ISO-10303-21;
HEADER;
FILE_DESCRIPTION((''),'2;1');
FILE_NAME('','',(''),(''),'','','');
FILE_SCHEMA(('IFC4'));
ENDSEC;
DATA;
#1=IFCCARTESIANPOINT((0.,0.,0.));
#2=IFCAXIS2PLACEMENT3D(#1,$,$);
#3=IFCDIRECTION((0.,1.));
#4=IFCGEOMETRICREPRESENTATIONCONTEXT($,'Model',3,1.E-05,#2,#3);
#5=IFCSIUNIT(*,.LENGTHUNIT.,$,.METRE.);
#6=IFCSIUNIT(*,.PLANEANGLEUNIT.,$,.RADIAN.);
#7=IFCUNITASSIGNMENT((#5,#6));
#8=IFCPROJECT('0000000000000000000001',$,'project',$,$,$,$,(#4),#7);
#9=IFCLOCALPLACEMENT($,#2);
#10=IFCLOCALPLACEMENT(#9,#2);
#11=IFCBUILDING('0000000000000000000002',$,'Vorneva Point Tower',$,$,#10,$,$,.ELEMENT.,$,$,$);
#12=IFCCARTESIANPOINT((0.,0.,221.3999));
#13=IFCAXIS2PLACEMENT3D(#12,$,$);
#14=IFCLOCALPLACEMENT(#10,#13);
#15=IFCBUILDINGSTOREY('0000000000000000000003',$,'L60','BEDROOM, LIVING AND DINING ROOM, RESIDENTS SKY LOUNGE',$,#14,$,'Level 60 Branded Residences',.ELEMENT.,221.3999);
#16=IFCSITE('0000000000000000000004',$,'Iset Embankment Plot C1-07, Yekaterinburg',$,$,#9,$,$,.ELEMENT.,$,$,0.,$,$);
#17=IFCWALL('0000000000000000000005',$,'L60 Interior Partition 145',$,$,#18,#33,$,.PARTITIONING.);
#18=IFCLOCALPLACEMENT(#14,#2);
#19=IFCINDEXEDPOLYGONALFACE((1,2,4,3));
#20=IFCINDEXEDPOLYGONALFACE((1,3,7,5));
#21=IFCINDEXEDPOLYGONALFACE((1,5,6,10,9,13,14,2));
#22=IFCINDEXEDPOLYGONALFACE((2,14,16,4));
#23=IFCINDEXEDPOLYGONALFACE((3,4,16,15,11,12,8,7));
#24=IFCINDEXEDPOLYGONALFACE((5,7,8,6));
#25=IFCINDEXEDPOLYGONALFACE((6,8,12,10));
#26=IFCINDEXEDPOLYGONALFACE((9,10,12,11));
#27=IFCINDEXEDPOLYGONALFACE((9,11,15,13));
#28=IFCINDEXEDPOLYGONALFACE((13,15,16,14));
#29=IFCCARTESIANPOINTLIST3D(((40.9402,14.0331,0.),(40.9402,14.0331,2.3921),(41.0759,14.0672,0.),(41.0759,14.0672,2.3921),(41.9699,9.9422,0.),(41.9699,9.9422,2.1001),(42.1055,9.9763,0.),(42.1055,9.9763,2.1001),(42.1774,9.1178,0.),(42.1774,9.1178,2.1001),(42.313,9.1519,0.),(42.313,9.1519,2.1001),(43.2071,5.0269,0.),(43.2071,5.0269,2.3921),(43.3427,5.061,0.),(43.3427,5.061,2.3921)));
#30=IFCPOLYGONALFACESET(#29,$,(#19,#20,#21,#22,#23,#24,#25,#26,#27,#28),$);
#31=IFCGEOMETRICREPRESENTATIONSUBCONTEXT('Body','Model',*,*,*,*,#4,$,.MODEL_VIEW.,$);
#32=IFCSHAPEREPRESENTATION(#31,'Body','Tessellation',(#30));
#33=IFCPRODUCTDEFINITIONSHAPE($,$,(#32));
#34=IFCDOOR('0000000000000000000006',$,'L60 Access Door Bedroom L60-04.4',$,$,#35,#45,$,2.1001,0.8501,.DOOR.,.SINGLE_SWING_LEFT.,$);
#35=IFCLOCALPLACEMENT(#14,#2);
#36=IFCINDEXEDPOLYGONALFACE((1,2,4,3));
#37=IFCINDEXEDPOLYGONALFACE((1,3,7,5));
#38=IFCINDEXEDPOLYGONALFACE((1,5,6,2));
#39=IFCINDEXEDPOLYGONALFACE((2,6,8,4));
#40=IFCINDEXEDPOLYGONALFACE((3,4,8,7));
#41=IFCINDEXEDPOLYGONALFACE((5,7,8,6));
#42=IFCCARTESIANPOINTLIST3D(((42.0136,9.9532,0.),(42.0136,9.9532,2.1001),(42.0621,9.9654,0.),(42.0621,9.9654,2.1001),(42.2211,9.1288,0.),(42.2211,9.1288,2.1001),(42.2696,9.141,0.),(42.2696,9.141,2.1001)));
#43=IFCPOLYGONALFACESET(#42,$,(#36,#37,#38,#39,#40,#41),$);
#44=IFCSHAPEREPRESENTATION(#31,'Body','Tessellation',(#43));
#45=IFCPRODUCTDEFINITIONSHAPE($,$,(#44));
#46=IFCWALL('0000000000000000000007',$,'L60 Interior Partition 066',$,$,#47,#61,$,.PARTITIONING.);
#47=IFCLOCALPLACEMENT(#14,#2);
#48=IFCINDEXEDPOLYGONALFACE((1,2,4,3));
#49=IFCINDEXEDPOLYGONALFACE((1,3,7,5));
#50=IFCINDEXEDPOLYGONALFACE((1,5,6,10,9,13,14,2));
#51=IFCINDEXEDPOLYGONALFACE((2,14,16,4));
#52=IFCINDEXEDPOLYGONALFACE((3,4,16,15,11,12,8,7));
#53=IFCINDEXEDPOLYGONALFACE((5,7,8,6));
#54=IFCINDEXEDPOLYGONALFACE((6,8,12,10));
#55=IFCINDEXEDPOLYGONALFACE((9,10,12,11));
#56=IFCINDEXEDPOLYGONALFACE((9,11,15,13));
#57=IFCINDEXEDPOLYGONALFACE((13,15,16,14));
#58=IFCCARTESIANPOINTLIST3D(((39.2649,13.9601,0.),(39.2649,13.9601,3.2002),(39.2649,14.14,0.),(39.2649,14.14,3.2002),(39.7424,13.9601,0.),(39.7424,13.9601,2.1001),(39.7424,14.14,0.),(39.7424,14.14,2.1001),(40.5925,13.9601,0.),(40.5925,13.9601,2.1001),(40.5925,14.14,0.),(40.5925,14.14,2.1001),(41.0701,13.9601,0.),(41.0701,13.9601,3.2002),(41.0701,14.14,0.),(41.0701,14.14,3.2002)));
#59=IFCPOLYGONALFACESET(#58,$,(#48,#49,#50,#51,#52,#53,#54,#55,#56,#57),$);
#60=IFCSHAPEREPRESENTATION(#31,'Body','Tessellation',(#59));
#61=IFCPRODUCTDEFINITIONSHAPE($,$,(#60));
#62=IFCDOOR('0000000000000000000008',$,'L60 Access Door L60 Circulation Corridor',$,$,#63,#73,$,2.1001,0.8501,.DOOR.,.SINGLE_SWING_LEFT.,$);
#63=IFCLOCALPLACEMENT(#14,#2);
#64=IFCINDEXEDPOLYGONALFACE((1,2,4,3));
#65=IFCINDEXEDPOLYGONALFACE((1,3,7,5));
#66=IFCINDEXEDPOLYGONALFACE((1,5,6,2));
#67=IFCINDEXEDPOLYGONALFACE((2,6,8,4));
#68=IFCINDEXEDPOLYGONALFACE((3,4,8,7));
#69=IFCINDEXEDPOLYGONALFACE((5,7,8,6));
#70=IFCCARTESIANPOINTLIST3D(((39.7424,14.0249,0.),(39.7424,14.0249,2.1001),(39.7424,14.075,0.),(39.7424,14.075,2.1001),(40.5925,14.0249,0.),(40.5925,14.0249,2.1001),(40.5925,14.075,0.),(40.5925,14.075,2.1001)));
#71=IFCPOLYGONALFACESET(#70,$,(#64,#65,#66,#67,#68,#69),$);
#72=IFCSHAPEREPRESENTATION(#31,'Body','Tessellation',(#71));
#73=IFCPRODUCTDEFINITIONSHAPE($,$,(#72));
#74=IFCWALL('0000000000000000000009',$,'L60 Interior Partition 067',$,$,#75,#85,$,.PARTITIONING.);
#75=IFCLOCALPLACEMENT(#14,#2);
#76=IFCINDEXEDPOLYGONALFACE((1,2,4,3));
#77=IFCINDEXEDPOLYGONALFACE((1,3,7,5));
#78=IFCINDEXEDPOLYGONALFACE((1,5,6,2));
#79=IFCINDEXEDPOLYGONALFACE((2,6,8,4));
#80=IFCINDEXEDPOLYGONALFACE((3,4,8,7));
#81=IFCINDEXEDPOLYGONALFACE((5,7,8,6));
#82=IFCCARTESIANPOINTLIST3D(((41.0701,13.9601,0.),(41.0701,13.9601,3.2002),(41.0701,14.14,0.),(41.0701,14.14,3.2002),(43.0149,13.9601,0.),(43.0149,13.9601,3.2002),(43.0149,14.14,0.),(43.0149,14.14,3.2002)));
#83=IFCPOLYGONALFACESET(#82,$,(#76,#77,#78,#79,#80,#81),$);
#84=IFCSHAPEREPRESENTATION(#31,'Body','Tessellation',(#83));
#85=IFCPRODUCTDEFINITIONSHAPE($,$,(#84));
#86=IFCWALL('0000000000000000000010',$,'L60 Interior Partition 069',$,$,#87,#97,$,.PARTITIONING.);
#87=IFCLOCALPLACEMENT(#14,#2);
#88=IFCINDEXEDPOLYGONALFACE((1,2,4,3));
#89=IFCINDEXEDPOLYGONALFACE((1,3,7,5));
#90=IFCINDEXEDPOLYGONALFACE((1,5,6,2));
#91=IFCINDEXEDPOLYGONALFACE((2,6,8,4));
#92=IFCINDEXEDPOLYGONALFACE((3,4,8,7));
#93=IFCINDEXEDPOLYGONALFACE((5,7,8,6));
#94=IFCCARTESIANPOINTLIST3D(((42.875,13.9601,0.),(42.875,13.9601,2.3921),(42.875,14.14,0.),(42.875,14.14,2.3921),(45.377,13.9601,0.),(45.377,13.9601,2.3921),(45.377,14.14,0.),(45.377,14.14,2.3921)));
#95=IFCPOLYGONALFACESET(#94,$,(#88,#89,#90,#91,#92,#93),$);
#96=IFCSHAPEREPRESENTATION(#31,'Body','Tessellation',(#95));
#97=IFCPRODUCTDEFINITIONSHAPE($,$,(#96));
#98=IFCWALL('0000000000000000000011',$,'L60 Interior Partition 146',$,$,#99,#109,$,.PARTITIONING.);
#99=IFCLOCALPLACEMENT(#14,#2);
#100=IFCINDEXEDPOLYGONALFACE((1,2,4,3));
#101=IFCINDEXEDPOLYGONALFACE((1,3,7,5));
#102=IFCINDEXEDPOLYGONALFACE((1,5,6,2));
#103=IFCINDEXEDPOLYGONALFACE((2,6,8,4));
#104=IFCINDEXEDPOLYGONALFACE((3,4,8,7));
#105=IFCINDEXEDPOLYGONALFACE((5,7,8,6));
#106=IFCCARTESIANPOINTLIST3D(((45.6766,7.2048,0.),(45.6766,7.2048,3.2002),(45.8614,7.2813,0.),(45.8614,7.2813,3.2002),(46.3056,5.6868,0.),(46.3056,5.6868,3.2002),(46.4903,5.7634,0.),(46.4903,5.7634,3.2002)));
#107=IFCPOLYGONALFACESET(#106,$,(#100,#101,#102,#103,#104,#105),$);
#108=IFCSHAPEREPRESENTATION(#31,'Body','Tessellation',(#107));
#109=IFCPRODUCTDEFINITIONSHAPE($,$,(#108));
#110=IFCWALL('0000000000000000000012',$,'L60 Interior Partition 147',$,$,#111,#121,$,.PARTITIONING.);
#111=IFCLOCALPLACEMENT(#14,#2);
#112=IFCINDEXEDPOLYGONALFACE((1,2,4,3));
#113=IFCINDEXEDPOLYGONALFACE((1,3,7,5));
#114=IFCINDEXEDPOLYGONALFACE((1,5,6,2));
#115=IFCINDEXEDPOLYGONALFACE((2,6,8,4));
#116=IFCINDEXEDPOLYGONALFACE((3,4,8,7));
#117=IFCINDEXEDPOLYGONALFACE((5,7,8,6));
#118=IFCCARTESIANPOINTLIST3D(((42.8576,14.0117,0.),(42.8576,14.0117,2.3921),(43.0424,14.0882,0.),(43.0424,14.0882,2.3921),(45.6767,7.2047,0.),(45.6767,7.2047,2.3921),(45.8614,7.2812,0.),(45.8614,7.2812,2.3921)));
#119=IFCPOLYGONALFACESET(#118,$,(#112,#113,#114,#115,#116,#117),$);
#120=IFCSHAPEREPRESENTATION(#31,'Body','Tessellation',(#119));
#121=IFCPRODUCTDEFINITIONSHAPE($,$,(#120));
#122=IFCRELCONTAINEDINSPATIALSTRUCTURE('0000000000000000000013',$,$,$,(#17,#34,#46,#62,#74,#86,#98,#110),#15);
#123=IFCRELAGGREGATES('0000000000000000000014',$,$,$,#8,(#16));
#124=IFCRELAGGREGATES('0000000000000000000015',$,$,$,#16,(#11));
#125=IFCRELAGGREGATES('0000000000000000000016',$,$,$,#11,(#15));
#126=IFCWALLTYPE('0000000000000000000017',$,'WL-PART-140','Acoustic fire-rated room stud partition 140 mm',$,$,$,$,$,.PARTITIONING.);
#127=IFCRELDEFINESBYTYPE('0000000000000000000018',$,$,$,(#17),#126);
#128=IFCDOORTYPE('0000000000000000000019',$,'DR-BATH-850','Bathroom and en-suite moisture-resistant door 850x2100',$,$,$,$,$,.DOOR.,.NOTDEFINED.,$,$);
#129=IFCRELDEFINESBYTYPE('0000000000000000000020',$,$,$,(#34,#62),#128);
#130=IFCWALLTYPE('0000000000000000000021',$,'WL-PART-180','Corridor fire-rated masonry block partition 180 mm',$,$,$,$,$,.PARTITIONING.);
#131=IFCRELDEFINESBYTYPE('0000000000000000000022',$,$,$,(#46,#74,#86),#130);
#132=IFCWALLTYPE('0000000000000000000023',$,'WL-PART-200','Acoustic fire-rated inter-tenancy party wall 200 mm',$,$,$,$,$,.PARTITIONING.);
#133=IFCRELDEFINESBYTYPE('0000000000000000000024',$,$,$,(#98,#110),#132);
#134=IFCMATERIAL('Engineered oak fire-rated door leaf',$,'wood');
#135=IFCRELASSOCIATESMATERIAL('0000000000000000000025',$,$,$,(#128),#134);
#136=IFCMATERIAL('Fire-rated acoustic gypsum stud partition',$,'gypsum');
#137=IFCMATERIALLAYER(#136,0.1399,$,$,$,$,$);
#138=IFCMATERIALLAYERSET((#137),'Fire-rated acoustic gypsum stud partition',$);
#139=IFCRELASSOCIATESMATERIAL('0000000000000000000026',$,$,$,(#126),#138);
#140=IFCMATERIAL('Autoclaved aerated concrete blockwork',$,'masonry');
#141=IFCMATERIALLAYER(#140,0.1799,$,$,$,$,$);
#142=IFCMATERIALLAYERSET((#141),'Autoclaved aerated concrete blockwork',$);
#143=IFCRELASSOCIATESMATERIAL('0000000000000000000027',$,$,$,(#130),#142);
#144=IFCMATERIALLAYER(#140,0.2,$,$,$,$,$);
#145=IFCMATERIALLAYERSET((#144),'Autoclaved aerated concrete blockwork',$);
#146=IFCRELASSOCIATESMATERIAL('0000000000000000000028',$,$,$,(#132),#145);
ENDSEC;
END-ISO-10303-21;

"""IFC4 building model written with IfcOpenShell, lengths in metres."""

from ifc_helpers import new_model, si_unit, direction, frame, frame_2d, origin, place, context, subcontext, project, spatial, rectangle, extrude, material, layer, layer_set, type_object, element, fill, save


model = new_model("IFC4")

# Units and contexts
model_context = context("Model", 3, precision=1e-05, world=origin(), true_north=direction((0.0, 1.0)))
body_context = subcontext(model_context, "Body", "Model", "MODEL_VIEW")
ifc_project = project(units=[si_unit("LENGTHUNIT", "METRE"), si_unit("PLANEANGLEUNIT", "RADIAN")], contexts=[model_context])

# Site, building, storey
site_placement = place(None, origin())
site = spatial("IfcSite", under=ifc_project, at=site_placement, Name="Iset Embankment Plot C1-07, Yekaterinburg", CompositionType="ELEMENT", RefElevation=0.0)
building_placement = place(site_placement, origin())
building = spatial("IfcBuilding", under=site, at=building_placement, Name="Vorneva Point Tower", CompositionType="ELEMENT")
storey_placement = place(building_placement, frame((0.0, 0.0, 221.3999)))
storey = spatial("IfcBuildingStorey", under=building, at=storey_placement, Name="L60", Description="BEDROOM, LIVING AND DINING ROOM, RESIDENTS SKY LOUNGE", LongName="Level 60 Branded Residences", CompositionType="ELEMENT", Elevation=221.3999)

# Shared definitions
ifc_material_1 = material(Name="Fire-rated acoustic gypsum stud partition", Category="gypsum")
ifc_material_2 = material(Name="Engineered oak fire-rated door leaf", Category="wood")
door_type_1 = type_object("IfcDoorType", Name="DR-BATH-850", Description="Bathroom and en-suite moisture-resistant door 850x2100", OperationType="NOTDEFINED", PredefinedType="DOOR", material=ifc_material_2)

# Shared definitions
ifc_layer_1 = layer(ifc_material_1, 0.1399)
ifc_layer_set_1 = layer_set([ifc_layer_1], Name="Fire-rated acoustic gypsum stud partition")
wall_type_1 = type_object("IfcWallType", Name="WL-PART-140", Description="Acoustic fire-rated room stud partition 140 mm", PredefinedType="PARTITIONING", material=ifc_layer_set_1)

# Walls, openings, doors
wall_1_placement = place(storey_placement, frame((43.2749, 5.0439, 0.0), z_axis=(0.0, 0.0, 1.0), x_axis=(-0.244088, 0.969753, 0.0)))
wall_1 = element("IfcWall", 1, at=wall_1_placement, inside=storey, type_object=wall_type_1, Name="L60 Interior Partition 145", PredefinedType="PARTITIONING", context=body_context, shape_type="SweptSolid", body=[
    extrude(rectangle(XDim=9.2871, YDim=0.1399, at=frame_2d((4.6436, 0.0))), origin(), (0.0, 0.0, 1.0), 2.3921),
])
opening_1_placement = place(wall_1_placement, frame((4.2185, 0.0, 0.0)))
opening_1 = element("IfcOpeningElement", 2, at=opening_1_placement, cuts=wall_1, PredefinedType="OPENING", context=body_context, shape_type="SweptSolid", body=[
    extrude(rectangle(XDim=0.8501, YDim=2.1001, at=frame_2d((0.425, 1.05))), frame((0.0, 0.085, 0.0), z_axis=(0.0, -1.0, 0.0), x_axis=(1.0, 0.0, 0.0)), (0.0, 0.0, 1.0), 0.1697),
])
door_1_placement = place(opening_1_placement, origin())
door_1 = element("IfcDoor", 3, at=door_1_placement, inside=storey, type_object=door_type_1, Name="L60 Access Door Bedroom L60-04.4", OperationType="SINGLE_SWING_LEFT", OverallHeight=2.1001, OverallWidth=0.8501, PredefinedType="DOOR", context=body_context, shape_type="SweptSolid", body=[
    extrude(rectangle(XDim=0.8501, YDim=2.1001, at=frame_2d((0.425, 1.05))), frame((0.0, 0.0249, 0.0), z_axis=(0.0, -1.0, 0.0), x_axis=(1.0, 0.0, 0.0)), (0.0, 0.0, 1.0), 0.05),
])
fill(opening_1, door_1)
ifc_material_3 = material(Name="Autoclaved aerated concrete blockwork", Category="masonry")
ifc_layer_2 = layer(ifc_material_3, 0.1799)
ifc_layer_set_2 = layer_set([ifc_layer_2], Name="Autoclaved aerated concrete blockwork")
wall_type_2 = type_object("IfcWallType", Name="WL-PART-180", Description="Corridor fire-rated masonry block partition 180 mm", PredefinedType="PARTITIONING", material=ifc_layer_set_2)
wall_2_placement = place(storey_placement, frame((39.2649, 14.05, 0.0), z_axis=(0.0, 0.0, 1.0), x_axis=(1.0, 0.0, 0.0)))
wall_2 = element("IfcWall", 4, at=wall_2_placement, inside=storey, type_object=wall_type_2, Name="L60 Interior Partition 066", PredefinedType="PARTITIONING", context=body_context, shape_type="SweptSolid", body=[
    extrude(rectangle(XDim=1.8052, YDim=0.1799, at=frame_2d((0.9026, 0.0))), origin(), (0.0, 0.0, 1.0), 3.2002),
])
opening_2_placement = place(wall_2_placement, frame((0.4775, 0.0, 0.0)))
opening_2 = element("IfcOpeningElement", 5, at=opening_2_placement, cuts=wall_2, PredefinedType="OPENING", context=body_context, shape_type="SweptSolid", body=[
    extrude(rectangle(XDim=0.8501, YDim=2.1001, at=frame_2d((0.425, 1.05))), frame((0.0, 0.105, 0.0), z_axis=(0.0, -1.0, 0.0), x_axis=(1.0, 0.0, 0.0)), (0.0, 0.0, 1.0), 0.2097),
])
door_2_placement = place(opening_2_placement, origin())
door_2 = element("IfcDoor", 6, at=door_2_placement, inside=storey, type_object=door_type_1, Name="L60 Access Door L60 Circulation Corridor", OperationType="SINGLE_SWING_LEFT", OverallHeight=2.1001, OverallWidth=0.8501, PredefinedType="DOOR", context=body_context, shape_type="SweptSolid", body=[
    extrude(rectangle(XDim=0.8501, YDim=2.1001, at=frame_2d((0.425, 1.05))), frame((0.0, 0.0249, 0.0), z_axis=(0.0, -1.0, 0.0), x_axis=(1.0, 0.0, 0.0)), (0.0, 0.0, 1.0), 0.05),
])
fill(opening_2, door_2)

# Wall
wall_3_placement = place(storey_placement, frame((41.0701, 14.05, 0.0), z_axis=(0.0, 0.0, 1.0), x_axis=(1.0, 0.0, 0.0)))
element("IfcWall", 7, at=wall_3_placement, inside=storey, type_object=wall_type_2, Name="L60 Interior Partition 067", PredefinedType="PARTITIONING", context=body_context, shape_type="SweptSolid", body=[
    extrude(rectangle(XDim=1.9448, YDim=0.1799, at=frame_2d((0.9724, 0.0))), origin(), (0.0, 0.0, 1.0), 3.2002),
])

# Walls
wall_4_placement = place(storey_placement, frame((42.875, 14.05, 0.0), z_axis=(0.0, 0.0, 1.0), x_axis=(1.0, 0.0, 0.0)))
element("IfcWall", 8, at=wall_4_placement, inside=storey, type_object=wall_type_2, Name="L60 Interior Partition 069", PredefinedType="PARTITIONING", context=body_context, shape_type="SweptSolid", body=[
    extrude(rectangle(XDim=2.502, YDim=0.1799, at=frame_2d((1.251, 0.0))), origin(), (0.0, 0.0, 1.0), 2.3921),
])
ifc_layer_3 = layer(ifc_material_3, 0.2)
ifc_layer_set_3 = layer_set([ifc_layer_3], Name="Autoclaved aerated concrete blockwork")
wall_type_3 = type_object("IfcWallType", Name="WL-PART-200", Description="Acoustic fire-rated inter-tenancy party wall 200 mm", PredefinedType="PARTITIONING", material=ifc_layer_set_3)
wall_5_placement = place(storey_placement, frame((46.3979, 5.7251, 0.0), z_axis=(0.0, 0.0, 1.0), x_axis=(-0.382789, 0.923836, 0.0)))
element("IfcWall", 9, at=wall_5_placement, inside=storey, type_object=wall_type_3, Name="L60 Interior Partition 146", PredefinedType="PARTITIONING", context=body_context, shape_type="SweptSolid", body=[
    extrude(rectangle(XDim=1.6431, YDim=0.2, at=frame_2d((0.8215, 0.0))), origin(), (0.0, 0.0, 1.0), 3.2002),
])
wall_6_placement = place(storey_placement, frame((45.769, 7.2429, 0.0), z_axis=(0.0, 0.0, 1.0), x_axis=(-0.382624, 0.923904, 0.0)))
element("IfcWall", 10, at=wall_6_placement, inside=storey, type_object=wall_type_3, Name="L60 Interior Partition 147", PredefinedType="PARTITIONING", context=body_context, shape_type="SweptSolid", body=[
    extrude(rectangle(XDim=7.3677, YDim=0.2, at=frame_2d((3.6838, 0.0))), origin(), (0.0, 0.0, 1.0), 2.3921),
])

save(model, "model.ifc")
